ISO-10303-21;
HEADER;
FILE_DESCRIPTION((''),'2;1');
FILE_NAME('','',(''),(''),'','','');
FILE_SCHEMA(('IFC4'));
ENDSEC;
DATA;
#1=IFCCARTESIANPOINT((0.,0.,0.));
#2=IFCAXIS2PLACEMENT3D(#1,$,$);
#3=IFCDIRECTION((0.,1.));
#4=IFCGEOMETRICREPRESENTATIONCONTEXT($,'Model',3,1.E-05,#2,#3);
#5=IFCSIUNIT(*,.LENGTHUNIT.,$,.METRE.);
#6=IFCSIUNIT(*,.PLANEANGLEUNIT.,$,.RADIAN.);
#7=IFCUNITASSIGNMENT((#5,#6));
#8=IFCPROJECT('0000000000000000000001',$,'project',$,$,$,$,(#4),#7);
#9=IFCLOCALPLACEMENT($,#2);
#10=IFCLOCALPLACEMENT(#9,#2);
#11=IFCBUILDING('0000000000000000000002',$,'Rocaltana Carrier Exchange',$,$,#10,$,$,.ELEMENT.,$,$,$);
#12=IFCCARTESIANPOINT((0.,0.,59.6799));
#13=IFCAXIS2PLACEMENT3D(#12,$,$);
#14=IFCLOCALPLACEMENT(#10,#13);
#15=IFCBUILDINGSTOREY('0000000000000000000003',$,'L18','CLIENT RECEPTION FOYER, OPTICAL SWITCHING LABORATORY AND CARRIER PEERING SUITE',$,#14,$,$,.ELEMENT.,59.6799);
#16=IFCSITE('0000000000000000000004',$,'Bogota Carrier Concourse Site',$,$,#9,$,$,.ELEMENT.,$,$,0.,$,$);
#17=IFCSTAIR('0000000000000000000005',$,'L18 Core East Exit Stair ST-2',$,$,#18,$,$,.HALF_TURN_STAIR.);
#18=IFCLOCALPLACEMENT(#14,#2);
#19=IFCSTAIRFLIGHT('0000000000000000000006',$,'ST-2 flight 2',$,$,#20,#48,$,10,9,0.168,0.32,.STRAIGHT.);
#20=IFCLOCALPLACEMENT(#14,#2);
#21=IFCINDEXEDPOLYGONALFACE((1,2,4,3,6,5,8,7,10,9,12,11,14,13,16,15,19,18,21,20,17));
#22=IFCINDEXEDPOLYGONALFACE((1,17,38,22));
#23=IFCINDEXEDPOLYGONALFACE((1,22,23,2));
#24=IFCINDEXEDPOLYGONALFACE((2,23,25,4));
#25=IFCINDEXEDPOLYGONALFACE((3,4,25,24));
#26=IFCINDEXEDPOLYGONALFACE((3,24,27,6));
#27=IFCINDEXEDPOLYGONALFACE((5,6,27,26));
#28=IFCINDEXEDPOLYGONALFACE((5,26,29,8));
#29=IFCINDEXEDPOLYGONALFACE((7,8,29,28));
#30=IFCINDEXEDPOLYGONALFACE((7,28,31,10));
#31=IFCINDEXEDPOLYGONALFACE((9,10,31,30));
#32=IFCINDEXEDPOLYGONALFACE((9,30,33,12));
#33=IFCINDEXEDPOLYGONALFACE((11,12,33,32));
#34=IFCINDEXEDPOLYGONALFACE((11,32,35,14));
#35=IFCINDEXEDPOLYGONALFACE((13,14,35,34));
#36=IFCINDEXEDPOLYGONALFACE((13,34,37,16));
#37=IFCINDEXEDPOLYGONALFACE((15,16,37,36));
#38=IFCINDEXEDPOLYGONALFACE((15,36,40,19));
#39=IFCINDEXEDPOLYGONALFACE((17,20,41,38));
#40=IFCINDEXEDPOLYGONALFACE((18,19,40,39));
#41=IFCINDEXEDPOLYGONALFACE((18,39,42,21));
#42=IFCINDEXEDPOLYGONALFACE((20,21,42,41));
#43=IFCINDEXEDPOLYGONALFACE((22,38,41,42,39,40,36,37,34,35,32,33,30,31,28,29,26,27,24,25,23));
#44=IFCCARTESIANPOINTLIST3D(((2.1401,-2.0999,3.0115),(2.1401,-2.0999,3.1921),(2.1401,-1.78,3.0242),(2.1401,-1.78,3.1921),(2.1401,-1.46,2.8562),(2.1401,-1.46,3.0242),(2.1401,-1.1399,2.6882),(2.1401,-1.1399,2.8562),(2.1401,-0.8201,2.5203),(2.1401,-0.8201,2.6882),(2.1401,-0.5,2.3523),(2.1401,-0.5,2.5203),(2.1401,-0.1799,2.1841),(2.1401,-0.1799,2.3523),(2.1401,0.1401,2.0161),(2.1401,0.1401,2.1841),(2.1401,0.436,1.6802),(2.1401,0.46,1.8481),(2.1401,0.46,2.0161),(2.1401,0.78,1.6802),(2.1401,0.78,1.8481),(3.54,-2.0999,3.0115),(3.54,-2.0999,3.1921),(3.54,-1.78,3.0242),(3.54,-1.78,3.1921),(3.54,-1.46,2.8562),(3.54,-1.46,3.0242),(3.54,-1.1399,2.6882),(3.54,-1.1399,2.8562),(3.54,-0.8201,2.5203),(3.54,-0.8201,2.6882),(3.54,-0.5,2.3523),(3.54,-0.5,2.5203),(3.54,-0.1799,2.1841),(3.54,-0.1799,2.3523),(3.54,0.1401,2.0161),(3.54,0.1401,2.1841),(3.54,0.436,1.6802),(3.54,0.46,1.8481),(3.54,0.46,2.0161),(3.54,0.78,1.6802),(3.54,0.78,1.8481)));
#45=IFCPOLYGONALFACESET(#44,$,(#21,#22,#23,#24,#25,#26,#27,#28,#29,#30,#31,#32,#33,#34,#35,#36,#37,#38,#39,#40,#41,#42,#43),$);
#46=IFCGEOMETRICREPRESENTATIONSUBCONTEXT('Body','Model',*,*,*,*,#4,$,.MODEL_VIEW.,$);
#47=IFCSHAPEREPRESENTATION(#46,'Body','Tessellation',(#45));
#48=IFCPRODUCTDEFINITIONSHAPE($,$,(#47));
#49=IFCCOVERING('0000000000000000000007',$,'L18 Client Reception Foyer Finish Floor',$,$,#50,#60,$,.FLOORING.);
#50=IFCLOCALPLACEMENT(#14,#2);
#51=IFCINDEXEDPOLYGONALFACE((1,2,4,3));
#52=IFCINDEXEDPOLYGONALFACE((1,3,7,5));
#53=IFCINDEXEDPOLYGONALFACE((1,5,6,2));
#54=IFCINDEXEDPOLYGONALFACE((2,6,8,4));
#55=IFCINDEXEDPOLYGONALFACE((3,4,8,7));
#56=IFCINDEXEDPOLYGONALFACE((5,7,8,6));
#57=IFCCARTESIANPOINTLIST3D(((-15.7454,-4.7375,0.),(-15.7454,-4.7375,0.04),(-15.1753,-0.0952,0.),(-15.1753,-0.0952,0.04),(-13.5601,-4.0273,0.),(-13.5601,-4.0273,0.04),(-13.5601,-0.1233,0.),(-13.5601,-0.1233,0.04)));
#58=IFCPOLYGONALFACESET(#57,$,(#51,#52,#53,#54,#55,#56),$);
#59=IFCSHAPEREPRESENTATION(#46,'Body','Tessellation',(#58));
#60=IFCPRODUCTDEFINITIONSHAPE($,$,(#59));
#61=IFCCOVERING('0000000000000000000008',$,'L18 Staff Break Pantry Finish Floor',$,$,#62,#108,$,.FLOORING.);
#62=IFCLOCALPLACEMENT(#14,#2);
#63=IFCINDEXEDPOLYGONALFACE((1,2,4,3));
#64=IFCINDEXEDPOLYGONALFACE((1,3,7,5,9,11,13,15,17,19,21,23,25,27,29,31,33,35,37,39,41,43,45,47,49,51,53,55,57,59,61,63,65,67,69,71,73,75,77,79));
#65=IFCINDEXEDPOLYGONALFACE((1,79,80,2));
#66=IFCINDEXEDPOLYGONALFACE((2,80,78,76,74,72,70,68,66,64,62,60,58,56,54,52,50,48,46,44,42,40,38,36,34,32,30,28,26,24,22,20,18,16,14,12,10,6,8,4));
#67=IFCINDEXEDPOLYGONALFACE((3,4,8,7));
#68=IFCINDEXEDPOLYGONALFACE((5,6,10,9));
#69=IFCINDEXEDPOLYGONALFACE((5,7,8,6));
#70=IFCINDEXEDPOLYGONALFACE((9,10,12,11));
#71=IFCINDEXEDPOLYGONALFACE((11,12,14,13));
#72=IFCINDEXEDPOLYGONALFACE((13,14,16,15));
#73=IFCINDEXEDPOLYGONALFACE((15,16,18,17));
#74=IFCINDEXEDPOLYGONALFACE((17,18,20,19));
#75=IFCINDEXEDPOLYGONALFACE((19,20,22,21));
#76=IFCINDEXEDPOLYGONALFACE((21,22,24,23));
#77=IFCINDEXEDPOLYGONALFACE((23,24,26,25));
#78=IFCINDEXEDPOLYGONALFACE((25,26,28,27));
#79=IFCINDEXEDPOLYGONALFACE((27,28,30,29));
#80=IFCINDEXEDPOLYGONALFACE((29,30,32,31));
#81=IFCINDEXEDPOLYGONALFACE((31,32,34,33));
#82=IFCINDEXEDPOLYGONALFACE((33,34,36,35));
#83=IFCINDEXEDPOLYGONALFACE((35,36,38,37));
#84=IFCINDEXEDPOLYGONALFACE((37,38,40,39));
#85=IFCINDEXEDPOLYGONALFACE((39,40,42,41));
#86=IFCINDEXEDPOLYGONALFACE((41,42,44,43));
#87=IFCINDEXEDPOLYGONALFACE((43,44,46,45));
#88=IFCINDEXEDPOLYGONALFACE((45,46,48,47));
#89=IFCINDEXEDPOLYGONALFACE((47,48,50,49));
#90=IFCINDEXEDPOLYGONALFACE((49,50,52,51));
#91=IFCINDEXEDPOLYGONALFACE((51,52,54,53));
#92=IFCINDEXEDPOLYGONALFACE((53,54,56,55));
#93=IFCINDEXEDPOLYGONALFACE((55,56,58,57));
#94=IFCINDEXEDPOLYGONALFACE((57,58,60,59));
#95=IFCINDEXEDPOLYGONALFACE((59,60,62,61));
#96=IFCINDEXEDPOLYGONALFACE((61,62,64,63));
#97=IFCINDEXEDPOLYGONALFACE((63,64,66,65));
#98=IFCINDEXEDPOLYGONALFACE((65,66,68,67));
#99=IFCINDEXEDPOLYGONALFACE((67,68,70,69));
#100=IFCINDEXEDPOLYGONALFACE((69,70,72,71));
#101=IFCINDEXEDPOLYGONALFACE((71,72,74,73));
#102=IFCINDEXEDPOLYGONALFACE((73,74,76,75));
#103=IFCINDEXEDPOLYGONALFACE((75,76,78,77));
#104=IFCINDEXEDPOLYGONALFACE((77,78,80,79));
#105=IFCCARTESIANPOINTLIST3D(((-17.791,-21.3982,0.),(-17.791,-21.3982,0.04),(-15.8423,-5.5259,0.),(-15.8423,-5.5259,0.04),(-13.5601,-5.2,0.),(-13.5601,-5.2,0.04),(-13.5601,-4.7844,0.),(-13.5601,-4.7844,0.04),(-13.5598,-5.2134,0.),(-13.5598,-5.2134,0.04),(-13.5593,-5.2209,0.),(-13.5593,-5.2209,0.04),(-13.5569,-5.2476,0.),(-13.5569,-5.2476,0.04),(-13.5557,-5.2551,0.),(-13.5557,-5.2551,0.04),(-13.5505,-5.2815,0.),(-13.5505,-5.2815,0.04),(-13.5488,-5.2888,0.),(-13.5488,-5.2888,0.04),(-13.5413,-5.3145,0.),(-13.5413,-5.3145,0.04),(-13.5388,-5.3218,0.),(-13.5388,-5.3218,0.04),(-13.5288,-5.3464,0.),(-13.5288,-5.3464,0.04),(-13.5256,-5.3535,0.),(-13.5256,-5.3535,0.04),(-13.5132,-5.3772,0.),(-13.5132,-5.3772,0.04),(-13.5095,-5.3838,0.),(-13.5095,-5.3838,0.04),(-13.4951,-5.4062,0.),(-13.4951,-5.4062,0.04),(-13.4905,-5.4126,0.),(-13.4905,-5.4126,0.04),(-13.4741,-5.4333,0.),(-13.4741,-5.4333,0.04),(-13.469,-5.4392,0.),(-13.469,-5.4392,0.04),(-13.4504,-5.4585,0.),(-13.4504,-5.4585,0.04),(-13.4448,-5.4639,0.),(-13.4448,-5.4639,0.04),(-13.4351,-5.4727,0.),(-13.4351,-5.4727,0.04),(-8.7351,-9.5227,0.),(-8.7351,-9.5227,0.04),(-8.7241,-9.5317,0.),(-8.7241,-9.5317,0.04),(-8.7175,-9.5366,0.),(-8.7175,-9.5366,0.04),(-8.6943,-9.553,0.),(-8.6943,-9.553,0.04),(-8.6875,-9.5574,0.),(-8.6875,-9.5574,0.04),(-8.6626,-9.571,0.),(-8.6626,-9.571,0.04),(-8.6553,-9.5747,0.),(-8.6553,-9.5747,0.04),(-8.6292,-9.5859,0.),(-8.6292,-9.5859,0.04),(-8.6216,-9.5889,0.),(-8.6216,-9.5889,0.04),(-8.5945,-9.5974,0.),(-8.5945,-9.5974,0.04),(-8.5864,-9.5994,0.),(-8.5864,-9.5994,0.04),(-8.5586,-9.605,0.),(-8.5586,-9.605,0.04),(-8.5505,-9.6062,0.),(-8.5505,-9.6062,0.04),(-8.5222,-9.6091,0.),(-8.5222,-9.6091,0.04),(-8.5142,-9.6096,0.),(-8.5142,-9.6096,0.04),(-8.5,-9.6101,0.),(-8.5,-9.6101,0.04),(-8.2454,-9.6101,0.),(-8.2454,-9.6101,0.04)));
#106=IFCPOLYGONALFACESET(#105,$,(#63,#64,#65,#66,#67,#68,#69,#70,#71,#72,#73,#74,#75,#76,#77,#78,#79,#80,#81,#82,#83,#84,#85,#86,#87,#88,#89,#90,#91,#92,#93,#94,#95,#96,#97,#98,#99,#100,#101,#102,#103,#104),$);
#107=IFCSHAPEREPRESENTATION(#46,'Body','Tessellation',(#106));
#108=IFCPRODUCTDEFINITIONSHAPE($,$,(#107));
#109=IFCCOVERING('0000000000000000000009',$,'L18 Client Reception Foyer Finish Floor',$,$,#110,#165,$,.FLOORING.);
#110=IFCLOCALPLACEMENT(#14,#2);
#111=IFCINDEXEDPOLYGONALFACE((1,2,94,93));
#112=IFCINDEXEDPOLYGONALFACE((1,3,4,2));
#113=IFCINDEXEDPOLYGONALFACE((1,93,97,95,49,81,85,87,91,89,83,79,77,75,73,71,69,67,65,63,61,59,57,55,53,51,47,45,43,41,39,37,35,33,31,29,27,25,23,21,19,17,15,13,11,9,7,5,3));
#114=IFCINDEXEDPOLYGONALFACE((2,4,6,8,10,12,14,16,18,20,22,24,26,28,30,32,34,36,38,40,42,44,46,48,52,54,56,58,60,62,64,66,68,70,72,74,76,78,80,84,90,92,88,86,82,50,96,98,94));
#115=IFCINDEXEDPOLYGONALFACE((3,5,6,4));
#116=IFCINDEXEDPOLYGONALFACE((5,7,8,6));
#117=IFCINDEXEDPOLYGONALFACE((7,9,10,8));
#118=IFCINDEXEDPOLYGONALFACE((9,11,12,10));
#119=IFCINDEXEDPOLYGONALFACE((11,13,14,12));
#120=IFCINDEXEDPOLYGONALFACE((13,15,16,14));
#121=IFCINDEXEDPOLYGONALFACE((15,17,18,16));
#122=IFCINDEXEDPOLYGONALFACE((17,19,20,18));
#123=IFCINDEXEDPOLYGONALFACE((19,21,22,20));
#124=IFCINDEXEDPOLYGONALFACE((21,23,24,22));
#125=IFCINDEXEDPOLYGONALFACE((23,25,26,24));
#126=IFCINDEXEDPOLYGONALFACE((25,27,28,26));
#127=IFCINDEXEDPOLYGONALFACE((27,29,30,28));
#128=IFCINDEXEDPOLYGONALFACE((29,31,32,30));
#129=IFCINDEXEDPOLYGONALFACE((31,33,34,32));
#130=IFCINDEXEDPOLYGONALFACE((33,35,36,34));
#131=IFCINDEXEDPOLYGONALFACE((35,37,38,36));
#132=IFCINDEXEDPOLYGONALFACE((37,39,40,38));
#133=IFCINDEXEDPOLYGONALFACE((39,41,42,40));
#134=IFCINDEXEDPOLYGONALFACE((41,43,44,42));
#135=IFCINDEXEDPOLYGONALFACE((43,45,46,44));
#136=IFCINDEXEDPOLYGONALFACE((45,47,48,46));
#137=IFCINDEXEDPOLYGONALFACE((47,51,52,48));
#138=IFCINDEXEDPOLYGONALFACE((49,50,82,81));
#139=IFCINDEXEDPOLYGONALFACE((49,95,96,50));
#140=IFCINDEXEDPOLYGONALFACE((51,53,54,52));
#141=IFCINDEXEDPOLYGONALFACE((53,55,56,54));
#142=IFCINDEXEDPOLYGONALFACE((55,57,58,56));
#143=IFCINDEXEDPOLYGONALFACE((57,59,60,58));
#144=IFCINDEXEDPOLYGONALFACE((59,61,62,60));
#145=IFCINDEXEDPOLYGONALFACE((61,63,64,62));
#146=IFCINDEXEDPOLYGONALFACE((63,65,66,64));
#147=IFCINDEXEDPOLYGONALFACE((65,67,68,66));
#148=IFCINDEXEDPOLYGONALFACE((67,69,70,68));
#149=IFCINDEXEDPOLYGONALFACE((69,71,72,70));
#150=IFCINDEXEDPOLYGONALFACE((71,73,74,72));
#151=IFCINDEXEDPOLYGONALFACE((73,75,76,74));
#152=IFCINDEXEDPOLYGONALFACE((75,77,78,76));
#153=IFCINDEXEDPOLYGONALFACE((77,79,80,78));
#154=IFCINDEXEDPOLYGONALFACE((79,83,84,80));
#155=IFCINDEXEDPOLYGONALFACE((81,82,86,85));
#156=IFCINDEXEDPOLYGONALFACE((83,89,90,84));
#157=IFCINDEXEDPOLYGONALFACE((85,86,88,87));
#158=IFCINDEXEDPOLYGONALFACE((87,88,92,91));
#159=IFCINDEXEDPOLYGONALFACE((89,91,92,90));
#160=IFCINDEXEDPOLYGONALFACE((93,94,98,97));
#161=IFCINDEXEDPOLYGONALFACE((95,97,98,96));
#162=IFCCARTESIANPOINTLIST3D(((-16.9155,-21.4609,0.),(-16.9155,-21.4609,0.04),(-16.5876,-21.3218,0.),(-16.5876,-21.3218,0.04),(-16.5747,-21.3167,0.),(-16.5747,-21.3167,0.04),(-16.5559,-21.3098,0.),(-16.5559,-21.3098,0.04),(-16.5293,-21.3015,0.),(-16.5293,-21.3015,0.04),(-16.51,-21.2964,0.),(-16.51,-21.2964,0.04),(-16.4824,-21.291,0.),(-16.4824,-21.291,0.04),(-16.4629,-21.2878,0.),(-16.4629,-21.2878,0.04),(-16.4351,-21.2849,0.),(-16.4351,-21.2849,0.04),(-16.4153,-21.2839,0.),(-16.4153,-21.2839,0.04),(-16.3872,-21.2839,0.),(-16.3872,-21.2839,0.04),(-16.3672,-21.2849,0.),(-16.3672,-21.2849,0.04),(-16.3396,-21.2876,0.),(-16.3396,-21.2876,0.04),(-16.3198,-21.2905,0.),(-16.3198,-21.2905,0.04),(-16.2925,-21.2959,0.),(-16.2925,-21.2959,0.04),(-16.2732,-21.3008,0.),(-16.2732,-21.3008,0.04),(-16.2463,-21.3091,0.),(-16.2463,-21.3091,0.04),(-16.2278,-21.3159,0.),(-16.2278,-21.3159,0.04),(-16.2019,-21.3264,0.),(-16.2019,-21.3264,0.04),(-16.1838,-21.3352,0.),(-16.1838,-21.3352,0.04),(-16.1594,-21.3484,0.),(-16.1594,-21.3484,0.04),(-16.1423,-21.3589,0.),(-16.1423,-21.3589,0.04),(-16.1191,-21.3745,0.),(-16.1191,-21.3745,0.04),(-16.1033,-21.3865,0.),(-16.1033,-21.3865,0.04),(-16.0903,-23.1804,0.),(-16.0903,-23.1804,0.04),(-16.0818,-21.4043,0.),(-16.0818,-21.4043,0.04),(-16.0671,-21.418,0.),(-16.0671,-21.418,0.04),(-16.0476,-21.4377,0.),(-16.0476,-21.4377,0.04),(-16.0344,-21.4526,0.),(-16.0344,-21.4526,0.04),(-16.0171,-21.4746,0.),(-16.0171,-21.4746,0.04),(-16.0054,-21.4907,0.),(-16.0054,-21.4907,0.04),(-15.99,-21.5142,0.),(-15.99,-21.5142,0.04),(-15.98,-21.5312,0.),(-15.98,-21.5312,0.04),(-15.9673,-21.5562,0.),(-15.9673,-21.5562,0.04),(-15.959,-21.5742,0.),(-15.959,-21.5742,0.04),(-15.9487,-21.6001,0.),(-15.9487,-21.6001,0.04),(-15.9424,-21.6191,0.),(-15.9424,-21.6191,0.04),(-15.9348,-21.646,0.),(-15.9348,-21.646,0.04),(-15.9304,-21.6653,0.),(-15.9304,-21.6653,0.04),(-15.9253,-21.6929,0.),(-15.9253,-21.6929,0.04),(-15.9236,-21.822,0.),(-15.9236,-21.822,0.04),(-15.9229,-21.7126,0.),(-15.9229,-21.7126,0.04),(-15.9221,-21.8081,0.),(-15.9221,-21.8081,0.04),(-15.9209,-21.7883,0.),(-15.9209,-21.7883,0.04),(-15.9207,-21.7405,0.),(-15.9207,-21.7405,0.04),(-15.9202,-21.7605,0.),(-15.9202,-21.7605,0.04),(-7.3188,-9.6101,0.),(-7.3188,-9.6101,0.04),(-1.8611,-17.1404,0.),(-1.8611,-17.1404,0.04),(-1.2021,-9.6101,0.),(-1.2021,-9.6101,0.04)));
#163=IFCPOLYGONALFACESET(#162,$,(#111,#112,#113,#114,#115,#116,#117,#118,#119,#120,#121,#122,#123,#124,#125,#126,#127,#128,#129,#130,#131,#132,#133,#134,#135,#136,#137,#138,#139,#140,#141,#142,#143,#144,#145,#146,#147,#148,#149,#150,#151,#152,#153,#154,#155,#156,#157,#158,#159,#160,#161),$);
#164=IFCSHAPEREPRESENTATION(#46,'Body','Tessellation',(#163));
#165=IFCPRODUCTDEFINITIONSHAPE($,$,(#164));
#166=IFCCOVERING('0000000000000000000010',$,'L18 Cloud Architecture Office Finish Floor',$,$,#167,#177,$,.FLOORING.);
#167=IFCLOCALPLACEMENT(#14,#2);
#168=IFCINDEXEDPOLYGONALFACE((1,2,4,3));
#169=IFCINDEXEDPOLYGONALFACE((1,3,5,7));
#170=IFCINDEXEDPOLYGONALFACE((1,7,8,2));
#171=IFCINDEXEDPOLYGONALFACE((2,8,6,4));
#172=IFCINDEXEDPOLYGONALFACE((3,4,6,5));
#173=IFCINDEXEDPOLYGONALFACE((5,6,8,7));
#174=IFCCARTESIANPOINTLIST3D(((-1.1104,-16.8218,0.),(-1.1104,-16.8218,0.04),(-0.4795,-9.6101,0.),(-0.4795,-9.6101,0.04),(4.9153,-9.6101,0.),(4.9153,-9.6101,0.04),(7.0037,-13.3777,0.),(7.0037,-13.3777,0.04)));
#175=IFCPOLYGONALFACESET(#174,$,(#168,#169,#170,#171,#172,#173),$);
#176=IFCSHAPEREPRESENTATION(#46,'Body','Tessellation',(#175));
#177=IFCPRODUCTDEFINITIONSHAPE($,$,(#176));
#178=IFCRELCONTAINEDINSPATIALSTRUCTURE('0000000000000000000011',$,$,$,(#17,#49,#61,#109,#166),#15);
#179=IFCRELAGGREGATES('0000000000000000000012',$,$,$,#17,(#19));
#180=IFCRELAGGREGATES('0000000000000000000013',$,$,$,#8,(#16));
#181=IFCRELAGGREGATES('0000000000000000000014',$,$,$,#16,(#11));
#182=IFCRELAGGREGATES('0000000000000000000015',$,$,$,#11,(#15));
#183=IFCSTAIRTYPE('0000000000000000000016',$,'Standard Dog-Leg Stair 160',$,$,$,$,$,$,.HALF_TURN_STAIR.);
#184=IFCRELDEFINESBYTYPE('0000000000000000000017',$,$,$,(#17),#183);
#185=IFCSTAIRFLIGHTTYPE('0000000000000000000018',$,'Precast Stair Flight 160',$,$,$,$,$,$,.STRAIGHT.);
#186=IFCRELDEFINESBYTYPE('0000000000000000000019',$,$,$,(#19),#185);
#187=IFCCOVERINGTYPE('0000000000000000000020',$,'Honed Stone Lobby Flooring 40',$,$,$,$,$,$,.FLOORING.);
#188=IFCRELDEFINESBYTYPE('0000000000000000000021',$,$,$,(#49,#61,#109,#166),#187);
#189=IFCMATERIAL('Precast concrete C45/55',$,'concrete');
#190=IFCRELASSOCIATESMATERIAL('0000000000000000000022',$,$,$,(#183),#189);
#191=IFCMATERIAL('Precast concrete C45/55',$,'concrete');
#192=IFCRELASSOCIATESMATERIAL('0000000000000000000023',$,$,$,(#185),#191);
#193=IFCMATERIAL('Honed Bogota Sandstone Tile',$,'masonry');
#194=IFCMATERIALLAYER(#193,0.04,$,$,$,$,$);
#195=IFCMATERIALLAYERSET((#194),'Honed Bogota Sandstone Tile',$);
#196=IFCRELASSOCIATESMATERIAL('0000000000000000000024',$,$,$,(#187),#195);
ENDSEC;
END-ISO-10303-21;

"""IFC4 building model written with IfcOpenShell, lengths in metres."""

from ifc_helpers import new_model, si_unit, direction, frame, origin, place, context, subcontext, project, spatial, polyline, outline, extrude, material, layer, layer_set, type_object, element, aggregate, save


model = new_model("IFC4")

# Units and contexts
model_context = context("Model", 3, precision=1e-05, world=origin(), true_north=direction((0.0, 1.0)))
body_context = subcontext(model_context, "Body", "Model", "MODEL_VIEW")
ifc_project = project(units=[si_unit("LENGTHUNIT", "METRE"), si_unit("PLANEANGLEUNIT", "RADIAN")], contexts=[model_context])

# Site, building, storey
site_placement = place(None, origin())
site = spatial("IfcSite", under=ifc_project, at=site_placement, Name="Bogota Carrier Concourse Site", CompositionType="ELEMENT", RefElevation=0.0)
building_placement = place(site_placement, origin())
building = spatial("IfcBuilding", under=site, at=building_placement, Name="Rocaltana Carrier Exchange", CompositionType="ELEMENT")
storey_placement = place(building_placement, frame((0.0, 0.0, 59.6799)))
storey = spatial("IfcBuildingStorey", under=building, at=storey_placement, Name="L18", Description="CLIENT RECEPTION FOYER, OPTICAL SWITCHING LABORATORY AND CARRIER PEERING SUITE", CompositionType="ELEMENT", Elevation=59.6799)

# Stair, stair flight
ifc_material_1 = material(Name="Precast concrete C45/55", Category="concrete")
stair_type = type_object("IfcStairType", Name="Standard Dog-Leg Stair 160", PredefinedType="HALF_TURN_STAIR", material=ifc_material_1)
stair_placement = place(storey_placement, origin())
stair = element("IfcStair", 1, at=stair_placement, inside=storey, type_object=stair_type, Name="L18 Core East Exit Stair ST-2", PredefinedType="HALF_TURN_STAIR")
ifc_material_2 = material(Name="Precast concrete C45/55", Category="concrete")
stair_flight_type = type_object("IfcStairFlightType", Name="Precast Stair Flight 160", PredefinedType="STRAIGHT", material=ifc_material_2)
stair_flight_placement = place(storey_placement, frame((2.8401, 0.78, 1.6802), z_axis=(0.0, 0.0, 1.0), x_axis=(0.0, -1.0, 0.0)))
stair_flight = element("IfcStairFlight", 2, at=stair_flight_placement, type_object=stair_flight_type, Name="ST-2 flight 2", NumberOfRisers=10, NumberOfTreads=9, PredefinedType="STRAIGHT", RiserHeight=0.168, TreadLength=0.32, context=body_context, shape_type="SweptSolid", body=[
    extrude(outline(polyline([(0.0, 0.0), (0.0, 0.168), (0.3201, 0.168), (0.3201, 0.3359), (0.6399, 0.3359), (0.6399, 0.5039), (0.96, 0.5039), (0.96, 0.6721), (1.28, 0.6721), (1.28, 0.8401), (1.6001, 0.8401), (1.6001, 1.0081), (1.9199, 1.0081), (1.9199, 1.176), (2.24, 1.176), (2.24, 1.344), (2.5601, 1.344), (2.5601, 1.512), (2.8799, 1.512), (2.8799, 1.6799), (2.8799, 1.3313), (0.344, 0.0), (0.0, 0.0)])), frame((0.0, 0.7, 0.0), z_axis=(0.0, -1.0, 0.0), x_axis=(1.0, 0.0, 0.0)), (0.0, 0.0, 1.0), 1.3999),
])
aggregate(stair, [stair_flight])

# Coverings
ifc_material_3 = material(Name="Honed Bogota Sandstone Tile", Category="masonry")
ifc_layer_1 = layer(ifc_material_3, 0.04)
ifc_layer_set_1 = layer_set([ifc_layer_1], Name="Honed Bogota Sandstone Tile")
covering_type_1 = type_object("IfcCoveringType", Name="Honed Stone Lobby Flooring 40", PredefinedType="FLOORING", material=ifc_layer_set_1)
covering_1_placement = place(storey_placement, origin())
element("IfcCovering", 3, at=covering_1_placement, inside=storey, type_object=covering_type_1, Name="L18 Client Reception Foyer Finish Floor", PredefinedType="FLOORING", context=body_context, shape_type="SweptSolid", body=[
    extrude(outline(polyline([(-15.1753, -0.0952), (-13.5601, -0.1233), (-13.5601, -4.0273), (-15.7454, -4.7375), (-15.1753, -0.0952)])), origin(), (0.0, 0.0, 1.0), 0.04),
])
covering_2_placement = place(storey_placement, origin())
element("IfcCovering", 4, at=covering_2_placement, inside=storey, type_object=covering_type_1, Name="L18 Staff Break Pantry Finish Floor", PredefinedType="FLOORING", context=body_context, shape_type="SweptSolid", body=[
    extrude(outline(polyline([(-17.791, -21.3982), (-15.8423, -5.5259), (-13.5601, -4.7844), (-13.5601, -5.2), (-13.5598, -5.2134), (-13.5593, -5.2209), (-13.5569, -5.2476), (-13.5557, -5.2551), (-13.5505, -5.2815), (-13.5488, -5.2888), (-13.5413, -5.3145), (-13.5388, -5.3218), (-13.5288, -5.3464), (-13.5256, -5.3535), (-13.5132, -5.3772), (-13.5095, -5.3838), (-13.4951, -5.4062), (-13.4905, -5.4126), (-13.4741, -5.4333), (-13.469, -5.4392), (-13.4504, -5.4585), (-13.4448, -5.4639), (-13.4351, -5.4727), (-8.7351, -9.5227), (-8.7241, -9.5317), (-8.7175, -9.5366), (-8.6943, -9.553), (-8.6875, -9.5574), (-8.6626, -9.571), (-8.6553, -9.5747), (-8.6292, -9.5859), (-8.6216, -9.5889), (-8.5945, -9.5974), (-8.5864, -9.5994), (-8.5586, -9.605), (-8.5505, -9.6062), (-8.5222, -9.6091), (-8.5142, -9.6096), (-8.5, -9.6101), (-8.2454, -9.6101), (-17.791, -21.3982)])), origin(), (0.0, 0.0, 1.0), 0.04),
])
covering_3_placement = place(storey_placement, origin())
element("IfcCovering", 5, at=covering_3_placement, inside=storey, type_object=covering_type_1, Name="L18 Client Reception Foyer Finish Floor", PredefinedType="FLOORING", context=body_context, shape_type="SweptSolid", body=[
    extrude(outline(polyline([(-15.9236, -21.822), (-15.9221, -21.8081), (-15.9209, -21.7883), (-15.9202, -21.7605), (-15.9207, -21.7405), (-15.9229, -21.7126), (-15.9253, -21.6929), (-15.9304, -21.6653), (-15.9348, -21.646), (-15.9424, -21.6191), (-15.9487, -21.6001), (-15.959, -21.5742), (-15.9673, -21.5562), (-15.98, -21.5312), (-15.99, -21.5142), (-16.0054, -21.4907), (-16.0171, -21.4746), (-16.0344, -21.4526), (-16.0476, -21.4377), (-16.0671, -21.418), (-16.0818, -21.4043), (-16.1033, -21.3865), (-16.1191, -21.3745), (-16.1423, -21.3589), (-16.1594, -21.3484), (-16.1838, -21.3352), (-16.2019, -21.3264), (-16.2278, -21.3159), (-16.2463, -21.3091), (-16.2732, -21.3008), (-16.2925, -21.2959), (-16.3198, -21.2905), (-16.3396, -21.2876), (-16.3672, -21.2849), (-16.3872, -21.2839), (-16.4153, -21.2839), (-16.4351, -21.2849), (-16.4629, -21.2878), (-16.4824, -21.291), (-16.51, -21.2964), (-16.5293, -21.3015), (-16.5559, -21.3098), (-16.5747, -21.3167), (-16.5876, -21.3218), (-16.9155, -21.4609), (-7.3188, -9.6101), (-1.2021, -9.6101), (-1.8611, -17.1404), (-16.0903, -23.1804), (-15.9236, -21.822)])), origin(), (0.0, 0.0, 1.0), 0.04),
])
covering_4_placement = place(storey_placement, origin())
element("IfcCovering", 6, at=covering_4_placement, inside=storey, type_object=covering_type_1, Name="L18 Cloud Architecture Office Finish Floor", PredefinedType="FLOORING", context=body_context, shape_type="SweptSolid", body=[
    extrude(outline(polyline([(-1.1104, -16.8218), (-0.4795, -9.6101), (4.9153, -9.6101), (7.0037, -13.3777), (-1.1104, -16.8218)])), origin(), (0.0, 0.0, 1.0), 0.04),
])

save(model, "model.ifc")
